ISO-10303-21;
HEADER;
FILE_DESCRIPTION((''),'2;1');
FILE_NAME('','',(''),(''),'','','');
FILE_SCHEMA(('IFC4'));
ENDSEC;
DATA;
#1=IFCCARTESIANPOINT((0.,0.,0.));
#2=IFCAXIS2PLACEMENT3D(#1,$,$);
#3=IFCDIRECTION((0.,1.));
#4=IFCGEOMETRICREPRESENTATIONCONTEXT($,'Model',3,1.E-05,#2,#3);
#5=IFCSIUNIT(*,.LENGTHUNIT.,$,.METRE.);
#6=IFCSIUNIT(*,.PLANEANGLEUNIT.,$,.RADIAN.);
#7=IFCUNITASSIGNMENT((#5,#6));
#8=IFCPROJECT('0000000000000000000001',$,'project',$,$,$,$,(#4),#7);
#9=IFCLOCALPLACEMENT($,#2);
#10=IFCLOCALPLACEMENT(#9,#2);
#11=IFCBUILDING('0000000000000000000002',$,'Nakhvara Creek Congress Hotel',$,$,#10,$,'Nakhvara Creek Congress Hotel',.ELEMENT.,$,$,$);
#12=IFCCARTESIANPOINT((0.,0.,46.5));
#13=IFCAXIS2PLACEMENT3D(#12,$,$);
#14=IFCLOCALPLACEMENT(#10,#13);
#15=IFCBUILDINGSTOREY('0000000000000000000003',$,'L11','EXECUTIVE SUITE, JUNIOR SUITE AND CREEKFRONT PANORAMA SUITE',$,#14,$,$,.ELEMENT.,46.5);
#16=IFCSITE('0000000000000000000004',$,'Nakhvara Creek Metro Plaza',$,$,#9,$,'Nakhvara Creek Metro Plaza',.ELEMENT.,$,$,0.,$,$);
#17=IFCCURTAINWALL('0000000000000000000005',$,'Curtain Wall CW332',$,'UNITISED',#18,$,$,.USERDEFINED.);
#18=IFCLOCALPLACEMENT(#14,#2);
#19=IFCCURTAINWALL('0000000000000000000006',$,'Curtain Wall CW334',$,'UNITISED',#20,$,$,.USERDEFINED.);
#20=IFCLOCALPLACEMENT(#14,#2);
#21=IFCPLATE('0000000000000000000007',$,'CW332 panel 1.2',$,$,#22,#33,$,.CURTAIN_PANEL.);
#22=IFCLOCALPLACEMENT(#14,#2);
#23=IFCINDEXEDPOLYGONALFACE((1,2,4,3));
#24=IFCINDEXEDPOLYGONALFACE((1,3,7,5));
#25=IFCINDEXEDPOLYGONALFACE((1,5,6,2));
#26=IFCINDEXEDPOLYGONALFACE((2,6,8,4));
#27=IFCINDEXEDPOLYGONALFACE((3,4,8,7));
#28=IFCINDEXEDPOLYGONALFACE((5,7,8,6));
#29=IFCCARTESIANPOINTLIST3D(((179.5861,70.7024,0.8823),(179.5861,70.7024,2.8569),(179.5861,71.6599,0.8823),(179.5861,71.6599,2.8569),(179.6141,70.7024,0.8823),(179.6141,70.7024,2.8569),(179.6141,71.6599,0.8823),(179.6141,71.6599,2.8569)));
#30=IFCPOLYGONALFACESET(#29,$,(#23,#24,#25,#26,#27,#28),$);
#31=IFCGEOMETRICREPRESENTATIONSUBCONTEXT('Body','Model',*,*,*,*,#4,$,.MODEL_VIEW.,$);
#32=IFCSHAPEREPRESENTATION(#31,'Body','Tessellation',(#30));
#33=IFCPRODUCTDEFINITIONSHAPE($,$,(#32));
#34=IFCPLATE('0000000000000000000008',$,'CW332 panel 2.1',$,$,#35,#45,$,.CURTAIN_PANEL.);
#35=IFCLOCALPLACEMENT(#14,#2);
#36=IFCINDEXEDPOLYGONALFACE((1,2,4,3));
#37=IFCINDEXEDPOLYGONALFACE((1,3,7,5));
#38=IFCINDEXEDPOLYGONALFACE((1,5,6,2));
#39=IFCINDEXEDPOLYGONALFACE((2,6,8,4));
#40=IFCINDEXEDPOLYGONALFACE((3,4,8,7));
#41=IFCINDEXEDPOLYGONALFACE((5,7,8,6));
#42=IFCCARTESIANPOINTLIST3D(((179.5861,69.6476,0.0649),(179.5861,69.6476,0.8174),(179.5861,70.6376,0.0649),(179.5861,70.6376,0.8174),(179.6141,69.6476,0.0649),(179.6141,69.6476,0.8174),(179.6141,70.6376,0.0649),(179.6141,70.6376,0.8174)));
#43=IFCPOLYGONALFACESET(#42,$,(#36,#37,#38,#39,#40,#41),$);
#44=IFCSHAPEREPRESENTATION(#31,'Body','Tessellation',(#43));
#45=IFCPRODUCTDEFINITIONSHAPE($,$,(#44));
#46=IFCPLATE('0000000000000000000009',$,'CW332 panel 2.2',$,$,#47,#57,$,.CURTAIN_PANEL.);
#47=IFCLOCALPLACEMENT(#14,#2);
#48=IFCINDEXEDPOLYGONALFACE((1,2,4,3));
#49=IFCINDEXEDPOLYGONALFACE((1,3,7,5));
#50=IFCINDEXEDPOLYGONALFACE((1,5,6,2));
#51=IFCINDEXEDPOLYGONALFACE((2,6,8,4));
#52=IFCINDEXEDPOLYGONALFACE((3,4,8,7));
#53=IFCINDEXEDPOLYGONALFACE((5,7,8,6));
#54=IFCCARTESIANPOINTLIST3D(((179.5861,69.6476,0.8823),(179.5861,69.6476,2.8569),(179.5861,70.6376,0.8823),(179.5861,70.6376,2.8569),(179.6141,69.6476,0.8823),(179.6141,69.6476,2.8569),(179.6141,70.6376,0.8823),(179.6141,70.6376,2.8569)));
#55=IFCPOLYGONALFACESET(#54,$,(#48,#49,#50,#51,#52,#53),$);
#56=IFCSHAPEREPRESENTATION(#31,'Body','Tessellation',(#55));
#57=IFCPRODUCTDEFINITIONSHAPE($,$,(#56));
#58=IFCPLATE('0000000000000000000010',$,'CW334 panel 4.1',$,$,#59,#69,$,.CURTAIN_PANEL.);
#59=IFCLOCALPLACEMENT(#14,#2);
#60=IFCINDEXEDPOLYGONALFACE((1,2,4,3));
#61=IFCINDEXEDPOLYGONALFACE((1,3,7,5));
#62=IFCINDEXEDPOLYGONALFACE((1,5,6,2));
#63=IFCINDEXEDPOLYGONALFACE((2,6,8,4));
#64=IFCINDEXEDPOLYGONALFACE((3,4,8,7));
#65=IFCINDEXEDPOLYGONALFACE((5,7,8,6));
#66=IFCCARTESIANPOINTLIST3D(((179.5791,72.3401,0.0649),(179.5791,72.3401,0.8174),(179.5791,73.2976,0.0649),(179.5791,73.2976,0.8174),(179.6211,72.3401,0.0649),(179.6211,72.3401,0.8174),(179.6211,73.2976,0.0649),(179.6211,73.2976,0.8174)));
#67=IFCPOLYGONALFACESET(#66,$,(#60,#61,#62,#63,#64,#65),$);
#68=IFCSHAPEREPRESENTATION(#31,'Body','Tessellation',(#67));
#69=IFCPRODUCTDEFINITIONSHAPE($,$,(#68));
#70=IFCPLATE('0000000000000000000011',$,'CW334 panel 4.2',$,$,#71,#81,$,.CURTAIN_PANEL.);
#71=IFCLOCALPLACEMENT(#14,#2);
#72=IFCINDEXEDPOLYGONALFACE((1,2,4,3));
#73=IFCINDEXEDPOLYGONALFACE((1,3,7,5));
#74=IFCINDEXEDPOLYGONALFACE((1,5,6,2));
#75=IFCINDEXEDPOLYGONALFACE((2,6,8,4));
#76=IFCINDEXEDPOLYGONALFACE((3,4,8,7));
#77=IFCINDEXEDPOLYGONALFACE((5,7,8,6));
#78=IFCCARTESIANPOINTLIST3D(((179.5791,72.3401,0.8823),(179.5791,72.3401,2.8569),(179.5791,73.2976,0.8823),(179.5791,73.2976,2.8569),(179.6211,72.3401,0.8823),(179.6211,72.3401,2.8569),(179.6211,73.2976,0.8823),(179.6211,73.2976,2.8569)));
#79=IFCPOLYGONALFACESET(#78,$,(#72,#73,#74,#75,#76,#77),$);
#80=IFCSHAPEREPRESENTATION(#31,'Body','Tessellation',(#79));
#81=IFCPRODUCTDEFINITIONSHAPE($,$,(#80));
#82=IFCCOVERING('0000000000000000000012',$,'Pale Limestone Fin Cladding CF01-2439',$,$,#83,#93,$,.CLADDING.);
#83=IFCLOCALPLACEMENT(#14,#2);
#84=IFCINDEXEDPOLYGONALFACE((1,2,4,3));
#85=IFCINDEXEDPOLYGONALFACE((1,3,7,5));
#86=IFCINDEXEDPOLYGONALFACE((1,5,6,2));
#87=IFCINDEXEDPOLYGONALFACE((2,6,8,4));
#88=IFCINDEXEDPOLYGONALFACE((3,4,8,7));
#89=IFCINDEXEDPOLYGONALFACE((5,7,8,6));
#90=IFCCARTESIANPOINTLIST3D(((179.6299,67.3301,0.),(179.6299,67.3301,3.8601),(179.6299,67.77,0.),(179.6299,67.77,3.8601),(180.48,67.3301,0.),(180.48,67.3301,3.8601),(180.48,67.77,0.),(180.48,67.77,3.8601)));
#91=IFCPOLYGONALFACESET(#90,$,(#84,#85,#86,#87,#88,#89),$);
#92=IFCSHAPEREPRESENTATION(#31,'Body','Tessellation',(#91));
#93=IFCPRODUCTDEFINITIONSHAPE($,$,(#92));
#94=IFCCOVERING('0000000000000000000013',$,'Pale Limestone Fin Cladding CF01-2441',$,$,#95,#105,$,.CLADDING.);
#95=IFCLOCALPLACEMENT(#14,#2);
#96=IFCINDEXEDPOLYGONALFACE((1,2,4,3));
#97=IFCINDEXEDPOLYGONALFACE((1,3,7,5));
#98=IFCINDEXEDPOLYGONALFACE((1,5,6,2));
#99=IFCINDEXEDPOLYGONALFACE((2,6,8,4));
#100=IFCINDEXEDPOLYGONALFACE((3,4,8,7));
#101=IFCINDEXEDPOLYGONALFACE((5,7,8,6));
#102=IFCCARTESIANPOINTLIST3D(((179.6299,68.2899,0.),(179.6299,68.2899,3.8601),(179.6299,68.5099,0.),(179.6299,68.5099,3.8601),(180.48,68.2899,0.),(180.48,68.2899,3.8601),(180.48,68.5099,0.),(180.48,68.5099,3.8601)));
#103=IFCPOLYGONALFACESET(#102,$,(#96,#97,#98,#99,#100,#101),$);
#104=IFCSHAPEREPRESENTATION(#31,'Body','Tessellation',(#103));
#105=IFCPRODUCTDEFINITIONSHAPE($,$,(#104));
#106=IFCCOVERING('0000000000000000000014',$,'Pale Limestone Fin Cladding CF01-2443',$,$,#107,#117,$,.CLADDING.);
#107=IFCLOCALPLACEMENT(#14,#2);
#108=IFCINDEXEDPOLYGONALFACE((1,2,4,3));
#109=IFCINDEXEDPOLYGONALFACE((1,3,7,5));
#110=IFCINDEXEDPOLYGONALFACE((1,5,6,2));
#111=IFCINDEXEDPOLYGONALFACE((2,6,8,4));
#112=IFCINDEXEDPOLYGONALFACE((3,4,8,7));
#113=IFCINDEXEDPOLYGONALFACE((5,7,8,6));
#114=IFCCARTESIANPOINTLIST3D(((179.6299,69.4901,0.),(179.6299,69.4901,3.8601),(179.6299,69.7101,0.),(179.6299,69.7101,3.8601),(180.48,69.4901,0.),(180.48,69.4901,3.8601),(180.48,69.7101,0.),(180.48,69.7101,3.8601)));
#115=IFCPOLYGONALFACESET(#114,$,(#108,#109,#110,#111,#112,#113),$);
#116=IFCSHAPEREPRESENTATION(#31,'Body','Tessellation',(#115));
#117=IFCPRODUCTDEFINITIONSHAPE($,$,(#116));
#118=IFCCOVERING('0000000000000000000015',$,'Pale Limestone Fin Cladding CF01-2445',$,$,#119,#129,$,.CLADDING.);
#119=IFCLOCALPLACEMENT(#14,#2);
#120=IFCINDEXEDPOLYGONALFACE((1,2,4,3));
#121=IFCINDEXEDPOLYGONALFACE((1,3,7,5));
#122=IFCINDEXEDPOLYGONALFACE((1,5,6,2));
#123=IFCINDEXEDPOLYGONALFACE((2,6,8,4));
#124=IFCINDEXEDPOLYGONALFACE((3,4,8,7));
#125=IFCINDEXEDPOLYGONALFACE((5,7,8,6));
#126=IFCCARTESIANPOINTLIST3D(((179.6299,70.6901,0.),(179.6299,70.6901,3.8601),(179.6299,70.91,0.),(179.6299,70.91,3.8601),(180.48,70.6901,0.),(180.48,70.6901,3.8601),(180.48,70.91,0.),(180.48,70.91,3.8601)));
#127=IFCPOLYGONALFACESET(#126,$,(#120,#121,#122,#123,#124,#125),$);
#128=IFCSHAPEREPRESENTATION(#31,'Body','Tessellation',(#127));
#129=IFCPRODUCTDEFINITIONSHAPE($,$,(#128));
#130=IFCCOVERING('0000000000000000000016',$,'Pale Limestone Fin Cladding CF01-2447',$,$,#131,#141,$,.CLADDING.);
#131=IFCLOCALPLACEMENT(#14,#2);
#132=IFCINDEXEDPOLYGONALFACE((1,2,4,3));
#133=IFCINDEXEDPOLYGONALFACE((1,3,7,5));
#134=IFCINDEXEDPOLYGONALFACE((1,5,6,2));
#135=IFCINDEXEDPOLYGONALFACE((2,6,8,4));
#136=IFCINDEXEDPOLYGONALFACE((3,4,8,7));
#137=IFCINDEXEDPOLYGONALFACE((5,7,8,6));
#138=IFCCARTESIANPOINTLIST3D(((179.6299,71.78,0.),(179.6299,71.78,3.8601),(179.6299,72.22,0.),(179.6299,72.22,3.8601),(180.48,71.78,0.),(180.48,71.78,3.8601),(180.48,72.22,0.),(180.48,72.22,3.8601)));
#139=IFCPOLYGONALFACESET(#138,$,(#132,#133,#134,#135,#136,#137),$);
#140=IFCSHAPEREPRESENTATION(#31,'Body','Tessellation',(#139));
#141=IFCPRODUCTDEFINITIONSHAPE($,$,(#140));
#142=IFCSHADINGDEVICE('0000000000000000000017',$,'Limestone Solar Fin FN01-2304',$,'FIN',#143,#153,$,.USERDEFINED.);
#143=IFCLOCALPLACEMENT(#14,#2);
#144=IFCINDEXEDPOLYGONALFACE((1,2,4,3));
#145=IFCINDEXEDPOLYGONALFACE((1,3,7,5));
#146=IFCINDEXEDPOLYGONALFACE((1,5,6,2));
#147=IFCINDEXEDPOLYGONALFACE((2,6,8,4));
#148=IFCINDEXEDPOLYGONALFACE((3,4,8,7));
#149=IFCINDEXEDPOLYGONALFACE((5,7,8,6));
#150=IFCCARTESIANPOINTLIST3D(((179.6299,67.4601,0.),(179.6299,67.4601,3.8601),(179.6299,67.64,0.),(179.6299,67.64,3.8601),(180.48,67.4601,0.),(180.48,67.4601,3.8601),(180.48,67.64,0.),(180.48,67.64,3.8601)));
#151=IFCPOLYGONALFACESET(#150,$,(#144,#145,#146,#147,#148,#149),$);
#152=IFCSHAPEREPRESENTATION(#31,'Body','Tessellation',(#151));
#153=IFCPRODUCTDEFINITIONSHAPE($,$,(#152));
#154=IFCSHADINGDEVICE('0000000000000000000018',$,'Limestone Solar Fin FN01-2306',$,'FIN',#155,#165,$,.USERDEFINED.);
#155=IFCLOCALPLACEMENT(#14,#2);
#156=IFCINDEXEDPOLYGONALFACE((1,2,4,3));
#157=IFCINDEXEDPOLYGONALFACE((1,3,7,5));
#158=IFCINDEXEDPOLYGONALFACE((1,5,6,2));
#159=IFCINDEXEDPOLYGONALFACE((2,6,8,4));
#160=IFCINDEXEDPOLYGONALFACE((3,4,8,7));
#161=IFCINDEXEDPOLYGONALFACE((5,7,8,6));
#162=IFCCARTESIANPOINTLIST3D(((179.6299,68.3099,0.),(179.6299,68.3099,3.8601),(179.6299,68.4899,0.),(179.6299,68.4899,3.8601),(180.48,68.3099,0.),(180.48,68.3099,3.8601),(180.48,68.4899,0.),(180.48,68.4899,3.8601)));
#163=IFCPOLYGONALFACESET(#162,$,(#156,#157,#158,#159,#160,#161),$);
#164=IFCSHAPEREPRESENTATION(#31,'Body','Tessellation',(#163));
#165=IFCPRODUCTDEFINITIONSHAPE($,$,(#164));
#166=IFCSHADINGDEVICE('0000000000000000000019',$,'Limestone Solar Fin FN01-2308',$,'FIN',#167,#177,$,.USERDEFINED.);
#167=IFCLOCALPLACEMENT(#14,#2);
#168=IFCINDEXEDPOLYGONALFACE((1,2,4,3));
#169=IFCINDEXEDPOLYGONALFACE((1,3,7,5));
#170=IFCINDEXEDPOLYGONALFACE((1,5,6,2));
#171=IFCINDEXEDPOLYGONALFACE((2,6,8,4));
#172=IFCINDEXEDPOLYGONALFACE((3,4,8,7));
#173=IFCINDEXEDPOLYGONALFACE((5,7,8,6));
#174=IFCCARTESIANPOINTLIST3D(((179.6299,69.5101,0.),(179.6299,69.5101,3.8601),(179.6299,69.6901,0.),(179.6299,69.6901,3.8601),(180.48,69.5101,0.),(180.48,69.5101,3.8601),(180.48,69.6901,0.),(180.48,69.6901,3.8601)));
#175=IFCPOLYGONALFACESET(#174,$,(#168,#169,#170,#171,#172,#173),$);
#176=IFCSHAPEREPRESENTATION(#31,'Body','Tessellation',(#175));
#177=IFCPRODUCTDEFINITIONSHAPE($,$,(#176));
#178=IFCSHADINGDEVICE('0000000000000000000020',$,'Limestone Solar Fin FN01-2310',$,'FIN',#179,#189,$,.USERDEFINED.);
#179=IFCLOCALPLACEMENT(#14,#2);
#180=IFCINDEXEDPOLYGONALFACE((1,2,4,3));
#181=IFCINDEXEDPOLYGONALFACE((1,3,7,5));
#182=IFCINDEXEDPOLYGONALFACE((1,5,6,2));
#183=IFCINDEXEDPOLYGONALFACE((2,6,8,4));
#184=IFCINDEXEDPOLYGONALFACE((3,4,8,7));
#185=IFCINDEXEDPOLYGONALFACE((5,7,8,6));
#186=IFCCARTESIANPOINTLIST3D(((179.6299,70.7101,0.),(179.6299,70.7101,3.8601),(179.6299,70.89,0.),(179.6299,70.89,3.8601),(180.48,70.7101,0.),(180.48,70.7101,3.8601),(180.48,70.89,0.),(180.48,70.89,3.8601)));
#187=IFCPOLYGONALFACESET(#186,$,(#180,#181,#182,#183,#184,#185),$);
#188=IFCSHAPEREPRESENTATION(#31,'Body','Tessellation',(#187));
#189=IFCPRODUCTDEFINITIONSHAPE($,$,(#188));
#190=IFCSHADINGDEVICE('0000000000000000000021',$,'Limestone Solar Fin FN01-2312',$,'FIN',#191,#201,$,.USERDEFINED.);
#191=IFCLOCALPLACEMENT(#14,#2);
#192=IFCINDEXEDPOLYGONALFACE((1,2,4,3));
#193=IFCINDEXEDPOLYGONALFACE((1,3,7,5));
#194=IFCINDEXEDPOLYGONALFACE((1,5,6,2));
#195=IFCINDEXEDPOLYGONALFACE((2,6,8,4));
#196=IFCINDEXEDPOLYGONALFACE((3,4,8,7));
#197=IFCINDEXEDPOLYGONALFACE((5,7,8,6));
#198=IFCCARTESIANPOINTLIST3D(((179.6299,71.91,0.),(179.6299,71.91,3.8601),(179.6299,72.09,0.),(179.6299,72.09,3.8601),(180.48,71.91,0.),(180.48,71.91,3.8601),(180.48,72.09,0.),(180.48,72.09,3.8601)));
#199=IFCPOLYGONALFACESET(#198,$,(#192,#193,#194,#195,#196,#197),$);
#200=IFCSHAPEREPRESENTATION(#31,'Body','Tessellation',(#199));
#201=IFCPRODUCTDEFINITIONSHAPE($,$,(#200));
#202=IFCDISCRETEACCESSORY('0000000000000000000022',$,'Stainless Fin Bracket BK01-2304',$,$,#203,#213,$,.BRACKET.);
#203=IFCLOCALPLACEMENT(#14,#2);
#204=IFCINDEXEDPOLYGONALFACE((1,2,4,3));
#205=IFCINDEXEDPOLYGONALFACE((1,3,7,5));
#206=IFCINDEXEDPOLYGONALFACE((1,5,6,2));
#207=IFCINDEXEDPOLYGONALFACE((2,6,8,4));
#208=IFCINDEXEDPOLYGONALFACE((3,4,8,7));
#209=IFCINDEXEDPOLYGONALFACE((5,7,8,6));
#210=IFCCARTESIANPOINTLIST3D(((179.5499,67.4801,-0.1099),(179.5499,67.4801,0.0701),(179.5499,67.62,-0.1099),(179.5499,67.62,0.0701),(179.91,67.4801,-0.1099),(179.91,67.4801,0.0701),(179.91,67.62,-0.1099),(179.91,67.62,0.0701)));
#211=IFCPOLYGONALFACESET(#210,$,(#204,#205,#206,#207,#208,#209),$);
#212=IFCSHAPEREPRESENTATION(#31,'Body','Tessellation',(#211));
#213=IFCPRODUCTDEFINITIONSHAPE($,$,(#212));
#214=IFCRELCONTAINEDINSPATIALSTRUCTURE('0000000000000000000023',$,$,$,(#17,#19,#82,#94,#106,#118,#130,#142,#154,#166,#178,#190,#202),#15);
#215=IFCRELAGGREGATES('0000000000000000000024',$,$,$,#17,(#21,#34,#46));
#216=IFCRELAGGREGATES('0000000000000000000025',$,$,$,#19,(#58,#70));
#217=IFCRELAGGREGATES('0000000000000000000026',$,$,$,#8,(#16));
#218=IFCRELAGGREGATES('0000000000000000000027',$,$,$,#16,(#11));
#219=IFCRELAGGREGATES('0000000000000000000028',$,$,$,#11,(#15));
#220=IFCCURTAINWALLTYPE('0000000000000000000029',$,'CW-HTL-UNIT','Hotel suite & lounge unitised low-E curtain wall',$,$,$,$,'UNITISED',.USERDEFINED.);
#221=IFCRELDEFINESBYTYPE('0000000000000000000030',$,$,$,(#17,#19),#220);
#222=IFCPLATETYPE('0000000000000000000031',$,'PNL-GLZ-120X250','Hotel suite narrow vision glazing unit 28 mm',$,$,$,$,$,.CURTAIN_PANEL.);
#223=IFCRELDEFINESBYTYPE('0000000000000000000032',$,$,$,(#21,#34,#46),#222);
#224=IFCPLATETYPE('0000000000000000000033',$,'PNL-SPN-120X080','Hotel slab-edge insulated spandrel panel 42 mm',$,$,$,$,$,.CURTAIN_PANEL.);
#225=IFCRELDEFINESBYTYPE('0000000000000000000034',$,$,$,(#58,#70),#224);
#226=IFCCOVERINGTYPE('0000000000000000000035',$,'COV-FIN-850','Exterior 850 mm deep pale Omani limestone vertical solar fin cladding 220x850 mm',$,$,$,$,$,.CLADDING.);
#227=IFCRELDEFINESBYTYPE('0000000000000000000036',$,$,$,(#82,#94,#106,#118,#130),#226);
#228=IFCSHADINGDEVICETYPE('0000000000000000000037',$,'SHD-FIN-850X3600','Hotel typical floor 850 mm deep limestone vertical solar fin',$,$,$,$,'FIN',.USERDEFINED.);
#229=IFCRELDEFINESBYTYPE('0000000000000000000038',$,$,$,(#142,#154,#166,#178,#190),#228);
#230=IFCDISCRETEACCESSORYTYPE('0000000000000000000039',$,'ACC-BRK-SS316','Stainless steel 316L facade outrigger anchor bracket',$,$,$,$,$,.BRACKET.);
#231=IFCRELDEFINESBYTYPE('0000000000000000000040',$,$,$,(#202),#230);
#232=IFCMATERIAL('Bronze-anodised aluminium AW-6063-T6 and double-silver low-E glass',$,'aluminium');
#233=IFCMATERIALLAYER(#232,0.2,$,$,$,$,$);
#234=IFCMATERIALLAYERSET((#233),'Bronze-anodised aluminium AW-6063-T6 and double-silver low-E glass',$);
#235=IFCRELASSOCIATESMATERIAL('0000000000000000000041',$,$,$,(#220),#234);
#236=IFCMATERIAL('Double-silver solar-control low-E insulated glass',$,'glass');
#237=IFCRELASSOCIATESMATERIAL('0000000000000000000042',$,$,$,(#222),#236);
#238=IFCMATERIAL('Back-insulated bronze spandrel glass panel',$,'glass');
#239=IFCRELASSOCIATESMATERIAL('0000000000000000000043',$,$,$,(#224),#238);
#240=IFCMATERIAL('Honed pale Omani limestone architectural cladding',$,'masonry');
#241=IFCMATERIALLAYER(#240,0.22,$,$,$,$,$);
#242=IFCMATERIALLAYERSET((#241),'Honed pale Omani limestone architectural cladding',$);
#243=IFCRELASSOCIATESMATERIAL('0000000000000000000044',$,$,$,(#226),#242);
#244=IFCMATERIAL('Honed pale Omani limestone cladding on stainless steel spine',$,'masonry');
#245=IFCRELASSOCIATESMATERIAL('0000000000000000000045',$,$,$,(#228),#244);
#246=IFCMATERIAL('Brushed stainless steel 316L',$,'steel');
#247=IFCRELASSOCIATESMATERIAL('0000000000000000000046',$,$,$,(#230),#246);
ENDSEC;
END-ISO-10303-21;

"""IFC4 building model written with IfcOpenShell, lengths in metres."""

from ifc_helpers import new_model, si_unit, direction, frame, origin, origin_2d, place, context, subcontext, project, spatial, rectangle, extrude, material, layer, layer_set, type_object, element, aggregate, save


model = new_model("IFC4")

# Units and contexts
model_context = context("Model", 3, precision=1e-05, world=origin(), true_north=direction((0.0, 1.0)))
body_context = subcontext(model_context, "Body", "Model", "MODEL_VIEW")
ifc_project = project(units=[si_unit("LENGTHUNIT", "METRE"), si_unit("PLANEANGLEUNIT", "RADIAN")], contexts=[model_context])

# Site, building, storey
site_placement = place(None, origin())
site = spatial("IfcSite", under=ifc_project, at=site_placement, Name="Nakhvara Creek Metro Plaza", LongName="Nakhvara Creek Metro Plaza", CompositionType="ELEMENT", RefElevation=0.0)
building_placement = place(site_placement, origin())
building = spatial("IfcBuilding", under=site, at=building_placement, Name="Nakhvara Creek Congress Hotel", LongName="Nakhvara Creek Congress Hotel", CompositionType="ELEMENT")
storey_placement = place(building_placement, frame((0.0, 0.0, 46.5)))
storey = spatial("IfcBuildingStorey", under=building, at=storey_placement, Name="L11", Description="EXECUTIVE SUITE, JUNIOR SUITE AND CREEKFRONT PANORAMA SUITE", CompositionType="ELEMENT", Elevation=46.5)

# Curtain wall
ifc_material_1 = material(Name="Bronze-anodised aluminium AW-6063-T6 and double-silver low-E glass", Category="aluminium")
ifc_layer_1 = layer(ifc_material_1, 0.2)
ifc_layer_set_1 = layer_set([ifc_layer_1], Name="Bronze-anodised aluminium AW-6063-T6 and double-silver low-E glass")
curtain_wall_type = type_object("IfcCurtainWallType", Name="CW-HTL-UNIT", Description="Hotel suite & lounge unitised low-E curtain wall", ElementType="UNITISED", PredefinedType="USERDEFINED", material=ifc_layer_set_1)
curtain_wall_1_placement = place(storey_placement, origin())
curtain_wall_1 = element("IfcCurtainWall", 1, at=curtain_wall_1_placement, inside=storey, type_object=curtain_wall_type, Name="Curtain Wall CW332", ObjectType="UNITISED", PredefinedType="USERDEFINED")

# Curtain wall
curtain_wall_2_placement = place(storey_placement, origin())
curtain_wall_2 = element("IfcCurtainWall", 2, at=curtain_wall_2_placement, inside=storey, type_object=curtain_wall_type, Name="Curtain Wall CW334", ObjectType="UNITISED", PredefinedType="USERDEFINED")

# Plates
ifc_material_2 = material(Name="Double-silver solar-control low-E insulated glass", Category="glass")
plate_type_1 = type_object("IfcPlateType", Name="PNL-GLZ-120X250", Description="Hotel suite narrow vision glazing unit 28 mm", PredefinedType="CURTAIN_PANEL", material=ifc_material_2)
plate_1_placement = place(storey_placement, frame((179.6001, 71.1812, 0.8823), z_axis=(0.0, 0.0, 1.0), x_axis=(0.0, -1.0, 0.0)))
plate_1 = element("IfcPlate", 3, at=plate_1_placement, type_object=plate_type_1, Name="CW332 panel 1.2", PredefinedType="CURTAIN_PANEL", context=body_context, shape_type="SweptSolid", body=[
    extrude(rectangle(XDim=0.9575, YDim=0.0281, at=origin_2d()), origin(), (0.0, 0.0, 1.0), 1.9746),
])
plate_2_placement = place(storey_placement, frame((179.6001, 70.1426, 0.0649), z_axis=(0.0, 0.0, 1.0), x_axis=(0.0, -1.0, 0.0)))
plate_2 = element("IfcPlate", 4, at=plate_2_placement, type_object=plate_type_1, Name="CW332 panel 2.1", PredefinedType="CURTAIN_PANEL", context=body_context, shape_type="SweptSolid", body=[
    extrude(rectangle(XDim=0.99, YDim=0.0281, at=origin_2d()), origin(), (0.0, 0.0, 1.0), 0.7524),
])
plate_3_placement = place(storey_placement, frame((179.6001, 70.1426, 0.8823), z_axis=(0.0, 0.0, 1.0), x_axis=(0.0, -1.0, 0.0)))
plate_3 = element("IfcPlate", 5, at=plate_3_placement, type_object=plate_type_1, Name="CW332 panel 2.2", PredefinedType="CURTAIN_PANEL", context=body_context, shape_type="SweptSolid", body=[
    extrude(rectangle(XDim=0.99, YDim=0.0281, at=origin_2d()), origin(), (0.0, 0.0, 1.0), 1.9746),
])
aggregate(curtain_wall_1, [plate_1, plate_2, plate_3])
ifc_material_3 = material(Name="Back-insulated bronze spandrel glass panel", Category="glass")
plate_type_2 = type_object("IfcPlateType", Name="PNL-SPN-120X080", Description="Hotel slab-edge insulated spandrel panel 42 mm", PredefinedType="CURTAIN_PANEL", material=ifc_material_3)
plate_4_placement = place(storey_placement, frame((179.6001, 72.8188, 0.0649), z_axis=(0.0, 0.0, 1.0), x_axis=(0.0, -1.0, 0.0)))
plate_4 = element("IfcPlate", 6, at=plate_4_placement, type_object=plate_type_2, Name="CW334 panel 4.1", PredefinedType="CURTAIN_PANEL", context=body_context, shape_type="SweptSolid", body=[
    extrude(rectangle(XDim=0.9575, YDim=0.042, at=origin_2d()), origin(), (0.0, 0.0, 1.0), 0.7524),
])
plate_5_placement = place(storey_placement, frame((179.6001, 72.8188, 0.8823), z_axis=(0.0, 0.0, 1.0), x_axis=(0.0, -1.0, 0.0)))
plate_5 = element("IfcPlate", 7, at=plate_5_placement, type_object=plate_type_2, Name="CW334 panel 4.2", PredefinedType="CURTAIN_PANEL", context=body_context, shape_type="SweptSolid", body=[
    extrude(rectangle(XDim=0.9575, YDim=0.042, at=origin_2d()), origin(), (0.0, 0.0, 1.0), 1.9746),
])
aggregate(curtain_wall_2, [plate_4, plate_5])

# Coverings
ifc_material_4 = material(Name="Honed pale Omani limestone architectural cladding", Category="masonry")
ifc_layer_2 = layer(ifc_material_4, 0.22)
ifc_layer_set_2 = layer_set([ifc_layer_2], Name="Honed pale Omani limestone architectural cladding")
covering_type = type_object("IfcCoveringType", Name="COV-FIN-850", Description="Exterior 850 mm deep pale Omani limestone vertical solar fin cladding 220x850 mm", PredefinedType="CLADDING", material=ifc_layer_set_2)
covering_1_placement = place(storey_placement, frame((180.0549, 67.55, 0.0), z_axis=(0.0, 0.0, 1.0), x_axis=(0.0, 1.0, 0.0)))
element("IfcCovering", 8, at=covering_1_placement, inside=storey, type_object=covering_type, Name="Pale Limestone Fin Cladding CF01-2439", PredefinedType="CLADDING", context=body_context, shape_type="SweptSolid", body=[
    extrude(rectangle(XDim=0.4399, YDim=0.8501, at=origin_2d()), origin(), (0.0, 0.0, 1.0), 3.8601),
])
for number, where, z_axis, x_axis, name in (
    (9, (180.0549, 68.3999, 0.0), (0.0, 0.0, 1.0), (0.0, 1.0, 0.0), "Pale Limestone Fin Cladding CF01-2441"),
    (10, (180.0549, 69.6001, 0.0), (0.0, 0.0, 1.0), (0.0, 1.0, 0.0), "Pale Limestone Fin Cladding CF01-2443"),
    (11, (180.0549, 70.8, 0.0), (0.0, 0.0, 1.0), (0.0, 1.0, 0.0), "Pale Limestone Fin Cladding CF01-2445"),
):
    element("IfcCovering", number, at=place(storey_placement, frame(where, z_axis=z_axis, x_axis=x_axis)), inside=storey, type_object=covering_type, Name=name, PredefinedType="CLADDING", context=body_context, shape_type="SweptSolid", body=[
        extrude(rectangle(XDim=0.22, YDim=0.8501, at=origin_2d()), origin(), (0.0, 0.0, 1.0), 3.8601),
    ])
covering_2_placement = place(storey_placement, frame((180.0549, 72.0, 0.0), z_axis=(0.0, 0.0, 1.0), x_axis=(0.0, 1.0, 0.0)))
element("IfcCovering", 12, at=covering_2_placement, inside=storey, type_object=covering_type, Name="Pale Limestone Fin Cladding CF01-2447", PredefinedType="CLADDING", context=body_context, shape_type="SweptSolid", body=[
    extrude(rectangle(XDim=0.4399, YDim=0.8501, at=origin_2d()), origin(), (0.0, 0.0, 1.0), 3.8601),
])

# Shared definitions
ifc_material_5 = material(Name="Brushed stainless steel 316L", Category="steel")

# Shading devices
ifc_material_6 = material(Name="Honed pale Omani limestone cladding on stainless steel spine", Category="masonry")
shading_device_type = type_object("IfcShadingDeviceType", Name="SHD-FIN-850X3600", Description="Hotel typical floor 850 mm deep limestone vertical solar fin", ElementType="FIN", PredefinedType="USERDEFINED", material=ifc_material_6)
for number, where, z_axis, x_axis, name in (
    (13, (180.0549, 67.55, 0.0), (0.0, 0.0, 1.0), (0.0, 1.0, 0.0), "Limestone Solar Fin FN01-2304"),
    (14, (180.0549, 68.3999, 0.0), (0.0, 0.0, 1.0), (0.0, 1.0, 0.0), "Limestone Solar Fin FN01-2306"),
    (15, (180.0549, 69.6001, 0.0), (0.0, 0.0, 1.0), (0.0, 1.0, 0.0), "Limestone Solar Fin FN01-2308"),
    (16, (180.0549, 70.8, 0.0), (0.0, 0.0, 1.0), (0.0, 1.0, 0.0), "Limestone Solar Fin FN01-2310"),
    (17, (180.0549, 72.0, 0.0), (0.0, 0.0, 1.0), (0.0, 1.0, 0.0), "Limestone Solar Fin FN01-2312"),
):
    element("IfcShadingDevice", number, at=place(storey_placement, frame(where, z_axis=z_axis, x_axis=x_axis)), inside=storey, type_object=shading_device_type, Name=name, ObjectType="FIN", PredefinedType="USERDEFINED", context=body_context, shape_type="SweptSolid", body=[
        extrude(rectangle(XDim=0.1799, YDim=0.8501, at=origin_2d()), origin(), (0.0, 0.0, 1.0), 3.8601),
    ])

# Discrete accessory
discrete_accessory_type = type_object("IfcDiscreteAccessoryType", Name="ACC-BRK-SS316", Description="Stainless steel 316L facade outrigger anchor bracket", PredefinedType="BRACKET", material=ifc_material_5)
for number, where, z_axis, x_axis, name in (
    (18, (179.73, 67.55, -0.1099), (0.0, 0.0, 1.0), (0.0, 1.0, 0.0), "Stainless Fin Bracket BK01-2304"),
):
    element("IfcDiscreteAccessory", number, at=place(storey_placement, frame(where, z_axis=z_axis, x_axis=x_axis)), inside=storey, type_object=discrete_accessory_type, Name=name, PredefinedType="BRACKET", context=body_context, shape_type="SweptSolid", body=[
        extrude(rectangle(XDim=0.1399, YDim=0.3601, at=origin_2d()), origin(), (0.0, 0.0, 1.0), 0.1799),
    ])

save(model, "model.ifc")
